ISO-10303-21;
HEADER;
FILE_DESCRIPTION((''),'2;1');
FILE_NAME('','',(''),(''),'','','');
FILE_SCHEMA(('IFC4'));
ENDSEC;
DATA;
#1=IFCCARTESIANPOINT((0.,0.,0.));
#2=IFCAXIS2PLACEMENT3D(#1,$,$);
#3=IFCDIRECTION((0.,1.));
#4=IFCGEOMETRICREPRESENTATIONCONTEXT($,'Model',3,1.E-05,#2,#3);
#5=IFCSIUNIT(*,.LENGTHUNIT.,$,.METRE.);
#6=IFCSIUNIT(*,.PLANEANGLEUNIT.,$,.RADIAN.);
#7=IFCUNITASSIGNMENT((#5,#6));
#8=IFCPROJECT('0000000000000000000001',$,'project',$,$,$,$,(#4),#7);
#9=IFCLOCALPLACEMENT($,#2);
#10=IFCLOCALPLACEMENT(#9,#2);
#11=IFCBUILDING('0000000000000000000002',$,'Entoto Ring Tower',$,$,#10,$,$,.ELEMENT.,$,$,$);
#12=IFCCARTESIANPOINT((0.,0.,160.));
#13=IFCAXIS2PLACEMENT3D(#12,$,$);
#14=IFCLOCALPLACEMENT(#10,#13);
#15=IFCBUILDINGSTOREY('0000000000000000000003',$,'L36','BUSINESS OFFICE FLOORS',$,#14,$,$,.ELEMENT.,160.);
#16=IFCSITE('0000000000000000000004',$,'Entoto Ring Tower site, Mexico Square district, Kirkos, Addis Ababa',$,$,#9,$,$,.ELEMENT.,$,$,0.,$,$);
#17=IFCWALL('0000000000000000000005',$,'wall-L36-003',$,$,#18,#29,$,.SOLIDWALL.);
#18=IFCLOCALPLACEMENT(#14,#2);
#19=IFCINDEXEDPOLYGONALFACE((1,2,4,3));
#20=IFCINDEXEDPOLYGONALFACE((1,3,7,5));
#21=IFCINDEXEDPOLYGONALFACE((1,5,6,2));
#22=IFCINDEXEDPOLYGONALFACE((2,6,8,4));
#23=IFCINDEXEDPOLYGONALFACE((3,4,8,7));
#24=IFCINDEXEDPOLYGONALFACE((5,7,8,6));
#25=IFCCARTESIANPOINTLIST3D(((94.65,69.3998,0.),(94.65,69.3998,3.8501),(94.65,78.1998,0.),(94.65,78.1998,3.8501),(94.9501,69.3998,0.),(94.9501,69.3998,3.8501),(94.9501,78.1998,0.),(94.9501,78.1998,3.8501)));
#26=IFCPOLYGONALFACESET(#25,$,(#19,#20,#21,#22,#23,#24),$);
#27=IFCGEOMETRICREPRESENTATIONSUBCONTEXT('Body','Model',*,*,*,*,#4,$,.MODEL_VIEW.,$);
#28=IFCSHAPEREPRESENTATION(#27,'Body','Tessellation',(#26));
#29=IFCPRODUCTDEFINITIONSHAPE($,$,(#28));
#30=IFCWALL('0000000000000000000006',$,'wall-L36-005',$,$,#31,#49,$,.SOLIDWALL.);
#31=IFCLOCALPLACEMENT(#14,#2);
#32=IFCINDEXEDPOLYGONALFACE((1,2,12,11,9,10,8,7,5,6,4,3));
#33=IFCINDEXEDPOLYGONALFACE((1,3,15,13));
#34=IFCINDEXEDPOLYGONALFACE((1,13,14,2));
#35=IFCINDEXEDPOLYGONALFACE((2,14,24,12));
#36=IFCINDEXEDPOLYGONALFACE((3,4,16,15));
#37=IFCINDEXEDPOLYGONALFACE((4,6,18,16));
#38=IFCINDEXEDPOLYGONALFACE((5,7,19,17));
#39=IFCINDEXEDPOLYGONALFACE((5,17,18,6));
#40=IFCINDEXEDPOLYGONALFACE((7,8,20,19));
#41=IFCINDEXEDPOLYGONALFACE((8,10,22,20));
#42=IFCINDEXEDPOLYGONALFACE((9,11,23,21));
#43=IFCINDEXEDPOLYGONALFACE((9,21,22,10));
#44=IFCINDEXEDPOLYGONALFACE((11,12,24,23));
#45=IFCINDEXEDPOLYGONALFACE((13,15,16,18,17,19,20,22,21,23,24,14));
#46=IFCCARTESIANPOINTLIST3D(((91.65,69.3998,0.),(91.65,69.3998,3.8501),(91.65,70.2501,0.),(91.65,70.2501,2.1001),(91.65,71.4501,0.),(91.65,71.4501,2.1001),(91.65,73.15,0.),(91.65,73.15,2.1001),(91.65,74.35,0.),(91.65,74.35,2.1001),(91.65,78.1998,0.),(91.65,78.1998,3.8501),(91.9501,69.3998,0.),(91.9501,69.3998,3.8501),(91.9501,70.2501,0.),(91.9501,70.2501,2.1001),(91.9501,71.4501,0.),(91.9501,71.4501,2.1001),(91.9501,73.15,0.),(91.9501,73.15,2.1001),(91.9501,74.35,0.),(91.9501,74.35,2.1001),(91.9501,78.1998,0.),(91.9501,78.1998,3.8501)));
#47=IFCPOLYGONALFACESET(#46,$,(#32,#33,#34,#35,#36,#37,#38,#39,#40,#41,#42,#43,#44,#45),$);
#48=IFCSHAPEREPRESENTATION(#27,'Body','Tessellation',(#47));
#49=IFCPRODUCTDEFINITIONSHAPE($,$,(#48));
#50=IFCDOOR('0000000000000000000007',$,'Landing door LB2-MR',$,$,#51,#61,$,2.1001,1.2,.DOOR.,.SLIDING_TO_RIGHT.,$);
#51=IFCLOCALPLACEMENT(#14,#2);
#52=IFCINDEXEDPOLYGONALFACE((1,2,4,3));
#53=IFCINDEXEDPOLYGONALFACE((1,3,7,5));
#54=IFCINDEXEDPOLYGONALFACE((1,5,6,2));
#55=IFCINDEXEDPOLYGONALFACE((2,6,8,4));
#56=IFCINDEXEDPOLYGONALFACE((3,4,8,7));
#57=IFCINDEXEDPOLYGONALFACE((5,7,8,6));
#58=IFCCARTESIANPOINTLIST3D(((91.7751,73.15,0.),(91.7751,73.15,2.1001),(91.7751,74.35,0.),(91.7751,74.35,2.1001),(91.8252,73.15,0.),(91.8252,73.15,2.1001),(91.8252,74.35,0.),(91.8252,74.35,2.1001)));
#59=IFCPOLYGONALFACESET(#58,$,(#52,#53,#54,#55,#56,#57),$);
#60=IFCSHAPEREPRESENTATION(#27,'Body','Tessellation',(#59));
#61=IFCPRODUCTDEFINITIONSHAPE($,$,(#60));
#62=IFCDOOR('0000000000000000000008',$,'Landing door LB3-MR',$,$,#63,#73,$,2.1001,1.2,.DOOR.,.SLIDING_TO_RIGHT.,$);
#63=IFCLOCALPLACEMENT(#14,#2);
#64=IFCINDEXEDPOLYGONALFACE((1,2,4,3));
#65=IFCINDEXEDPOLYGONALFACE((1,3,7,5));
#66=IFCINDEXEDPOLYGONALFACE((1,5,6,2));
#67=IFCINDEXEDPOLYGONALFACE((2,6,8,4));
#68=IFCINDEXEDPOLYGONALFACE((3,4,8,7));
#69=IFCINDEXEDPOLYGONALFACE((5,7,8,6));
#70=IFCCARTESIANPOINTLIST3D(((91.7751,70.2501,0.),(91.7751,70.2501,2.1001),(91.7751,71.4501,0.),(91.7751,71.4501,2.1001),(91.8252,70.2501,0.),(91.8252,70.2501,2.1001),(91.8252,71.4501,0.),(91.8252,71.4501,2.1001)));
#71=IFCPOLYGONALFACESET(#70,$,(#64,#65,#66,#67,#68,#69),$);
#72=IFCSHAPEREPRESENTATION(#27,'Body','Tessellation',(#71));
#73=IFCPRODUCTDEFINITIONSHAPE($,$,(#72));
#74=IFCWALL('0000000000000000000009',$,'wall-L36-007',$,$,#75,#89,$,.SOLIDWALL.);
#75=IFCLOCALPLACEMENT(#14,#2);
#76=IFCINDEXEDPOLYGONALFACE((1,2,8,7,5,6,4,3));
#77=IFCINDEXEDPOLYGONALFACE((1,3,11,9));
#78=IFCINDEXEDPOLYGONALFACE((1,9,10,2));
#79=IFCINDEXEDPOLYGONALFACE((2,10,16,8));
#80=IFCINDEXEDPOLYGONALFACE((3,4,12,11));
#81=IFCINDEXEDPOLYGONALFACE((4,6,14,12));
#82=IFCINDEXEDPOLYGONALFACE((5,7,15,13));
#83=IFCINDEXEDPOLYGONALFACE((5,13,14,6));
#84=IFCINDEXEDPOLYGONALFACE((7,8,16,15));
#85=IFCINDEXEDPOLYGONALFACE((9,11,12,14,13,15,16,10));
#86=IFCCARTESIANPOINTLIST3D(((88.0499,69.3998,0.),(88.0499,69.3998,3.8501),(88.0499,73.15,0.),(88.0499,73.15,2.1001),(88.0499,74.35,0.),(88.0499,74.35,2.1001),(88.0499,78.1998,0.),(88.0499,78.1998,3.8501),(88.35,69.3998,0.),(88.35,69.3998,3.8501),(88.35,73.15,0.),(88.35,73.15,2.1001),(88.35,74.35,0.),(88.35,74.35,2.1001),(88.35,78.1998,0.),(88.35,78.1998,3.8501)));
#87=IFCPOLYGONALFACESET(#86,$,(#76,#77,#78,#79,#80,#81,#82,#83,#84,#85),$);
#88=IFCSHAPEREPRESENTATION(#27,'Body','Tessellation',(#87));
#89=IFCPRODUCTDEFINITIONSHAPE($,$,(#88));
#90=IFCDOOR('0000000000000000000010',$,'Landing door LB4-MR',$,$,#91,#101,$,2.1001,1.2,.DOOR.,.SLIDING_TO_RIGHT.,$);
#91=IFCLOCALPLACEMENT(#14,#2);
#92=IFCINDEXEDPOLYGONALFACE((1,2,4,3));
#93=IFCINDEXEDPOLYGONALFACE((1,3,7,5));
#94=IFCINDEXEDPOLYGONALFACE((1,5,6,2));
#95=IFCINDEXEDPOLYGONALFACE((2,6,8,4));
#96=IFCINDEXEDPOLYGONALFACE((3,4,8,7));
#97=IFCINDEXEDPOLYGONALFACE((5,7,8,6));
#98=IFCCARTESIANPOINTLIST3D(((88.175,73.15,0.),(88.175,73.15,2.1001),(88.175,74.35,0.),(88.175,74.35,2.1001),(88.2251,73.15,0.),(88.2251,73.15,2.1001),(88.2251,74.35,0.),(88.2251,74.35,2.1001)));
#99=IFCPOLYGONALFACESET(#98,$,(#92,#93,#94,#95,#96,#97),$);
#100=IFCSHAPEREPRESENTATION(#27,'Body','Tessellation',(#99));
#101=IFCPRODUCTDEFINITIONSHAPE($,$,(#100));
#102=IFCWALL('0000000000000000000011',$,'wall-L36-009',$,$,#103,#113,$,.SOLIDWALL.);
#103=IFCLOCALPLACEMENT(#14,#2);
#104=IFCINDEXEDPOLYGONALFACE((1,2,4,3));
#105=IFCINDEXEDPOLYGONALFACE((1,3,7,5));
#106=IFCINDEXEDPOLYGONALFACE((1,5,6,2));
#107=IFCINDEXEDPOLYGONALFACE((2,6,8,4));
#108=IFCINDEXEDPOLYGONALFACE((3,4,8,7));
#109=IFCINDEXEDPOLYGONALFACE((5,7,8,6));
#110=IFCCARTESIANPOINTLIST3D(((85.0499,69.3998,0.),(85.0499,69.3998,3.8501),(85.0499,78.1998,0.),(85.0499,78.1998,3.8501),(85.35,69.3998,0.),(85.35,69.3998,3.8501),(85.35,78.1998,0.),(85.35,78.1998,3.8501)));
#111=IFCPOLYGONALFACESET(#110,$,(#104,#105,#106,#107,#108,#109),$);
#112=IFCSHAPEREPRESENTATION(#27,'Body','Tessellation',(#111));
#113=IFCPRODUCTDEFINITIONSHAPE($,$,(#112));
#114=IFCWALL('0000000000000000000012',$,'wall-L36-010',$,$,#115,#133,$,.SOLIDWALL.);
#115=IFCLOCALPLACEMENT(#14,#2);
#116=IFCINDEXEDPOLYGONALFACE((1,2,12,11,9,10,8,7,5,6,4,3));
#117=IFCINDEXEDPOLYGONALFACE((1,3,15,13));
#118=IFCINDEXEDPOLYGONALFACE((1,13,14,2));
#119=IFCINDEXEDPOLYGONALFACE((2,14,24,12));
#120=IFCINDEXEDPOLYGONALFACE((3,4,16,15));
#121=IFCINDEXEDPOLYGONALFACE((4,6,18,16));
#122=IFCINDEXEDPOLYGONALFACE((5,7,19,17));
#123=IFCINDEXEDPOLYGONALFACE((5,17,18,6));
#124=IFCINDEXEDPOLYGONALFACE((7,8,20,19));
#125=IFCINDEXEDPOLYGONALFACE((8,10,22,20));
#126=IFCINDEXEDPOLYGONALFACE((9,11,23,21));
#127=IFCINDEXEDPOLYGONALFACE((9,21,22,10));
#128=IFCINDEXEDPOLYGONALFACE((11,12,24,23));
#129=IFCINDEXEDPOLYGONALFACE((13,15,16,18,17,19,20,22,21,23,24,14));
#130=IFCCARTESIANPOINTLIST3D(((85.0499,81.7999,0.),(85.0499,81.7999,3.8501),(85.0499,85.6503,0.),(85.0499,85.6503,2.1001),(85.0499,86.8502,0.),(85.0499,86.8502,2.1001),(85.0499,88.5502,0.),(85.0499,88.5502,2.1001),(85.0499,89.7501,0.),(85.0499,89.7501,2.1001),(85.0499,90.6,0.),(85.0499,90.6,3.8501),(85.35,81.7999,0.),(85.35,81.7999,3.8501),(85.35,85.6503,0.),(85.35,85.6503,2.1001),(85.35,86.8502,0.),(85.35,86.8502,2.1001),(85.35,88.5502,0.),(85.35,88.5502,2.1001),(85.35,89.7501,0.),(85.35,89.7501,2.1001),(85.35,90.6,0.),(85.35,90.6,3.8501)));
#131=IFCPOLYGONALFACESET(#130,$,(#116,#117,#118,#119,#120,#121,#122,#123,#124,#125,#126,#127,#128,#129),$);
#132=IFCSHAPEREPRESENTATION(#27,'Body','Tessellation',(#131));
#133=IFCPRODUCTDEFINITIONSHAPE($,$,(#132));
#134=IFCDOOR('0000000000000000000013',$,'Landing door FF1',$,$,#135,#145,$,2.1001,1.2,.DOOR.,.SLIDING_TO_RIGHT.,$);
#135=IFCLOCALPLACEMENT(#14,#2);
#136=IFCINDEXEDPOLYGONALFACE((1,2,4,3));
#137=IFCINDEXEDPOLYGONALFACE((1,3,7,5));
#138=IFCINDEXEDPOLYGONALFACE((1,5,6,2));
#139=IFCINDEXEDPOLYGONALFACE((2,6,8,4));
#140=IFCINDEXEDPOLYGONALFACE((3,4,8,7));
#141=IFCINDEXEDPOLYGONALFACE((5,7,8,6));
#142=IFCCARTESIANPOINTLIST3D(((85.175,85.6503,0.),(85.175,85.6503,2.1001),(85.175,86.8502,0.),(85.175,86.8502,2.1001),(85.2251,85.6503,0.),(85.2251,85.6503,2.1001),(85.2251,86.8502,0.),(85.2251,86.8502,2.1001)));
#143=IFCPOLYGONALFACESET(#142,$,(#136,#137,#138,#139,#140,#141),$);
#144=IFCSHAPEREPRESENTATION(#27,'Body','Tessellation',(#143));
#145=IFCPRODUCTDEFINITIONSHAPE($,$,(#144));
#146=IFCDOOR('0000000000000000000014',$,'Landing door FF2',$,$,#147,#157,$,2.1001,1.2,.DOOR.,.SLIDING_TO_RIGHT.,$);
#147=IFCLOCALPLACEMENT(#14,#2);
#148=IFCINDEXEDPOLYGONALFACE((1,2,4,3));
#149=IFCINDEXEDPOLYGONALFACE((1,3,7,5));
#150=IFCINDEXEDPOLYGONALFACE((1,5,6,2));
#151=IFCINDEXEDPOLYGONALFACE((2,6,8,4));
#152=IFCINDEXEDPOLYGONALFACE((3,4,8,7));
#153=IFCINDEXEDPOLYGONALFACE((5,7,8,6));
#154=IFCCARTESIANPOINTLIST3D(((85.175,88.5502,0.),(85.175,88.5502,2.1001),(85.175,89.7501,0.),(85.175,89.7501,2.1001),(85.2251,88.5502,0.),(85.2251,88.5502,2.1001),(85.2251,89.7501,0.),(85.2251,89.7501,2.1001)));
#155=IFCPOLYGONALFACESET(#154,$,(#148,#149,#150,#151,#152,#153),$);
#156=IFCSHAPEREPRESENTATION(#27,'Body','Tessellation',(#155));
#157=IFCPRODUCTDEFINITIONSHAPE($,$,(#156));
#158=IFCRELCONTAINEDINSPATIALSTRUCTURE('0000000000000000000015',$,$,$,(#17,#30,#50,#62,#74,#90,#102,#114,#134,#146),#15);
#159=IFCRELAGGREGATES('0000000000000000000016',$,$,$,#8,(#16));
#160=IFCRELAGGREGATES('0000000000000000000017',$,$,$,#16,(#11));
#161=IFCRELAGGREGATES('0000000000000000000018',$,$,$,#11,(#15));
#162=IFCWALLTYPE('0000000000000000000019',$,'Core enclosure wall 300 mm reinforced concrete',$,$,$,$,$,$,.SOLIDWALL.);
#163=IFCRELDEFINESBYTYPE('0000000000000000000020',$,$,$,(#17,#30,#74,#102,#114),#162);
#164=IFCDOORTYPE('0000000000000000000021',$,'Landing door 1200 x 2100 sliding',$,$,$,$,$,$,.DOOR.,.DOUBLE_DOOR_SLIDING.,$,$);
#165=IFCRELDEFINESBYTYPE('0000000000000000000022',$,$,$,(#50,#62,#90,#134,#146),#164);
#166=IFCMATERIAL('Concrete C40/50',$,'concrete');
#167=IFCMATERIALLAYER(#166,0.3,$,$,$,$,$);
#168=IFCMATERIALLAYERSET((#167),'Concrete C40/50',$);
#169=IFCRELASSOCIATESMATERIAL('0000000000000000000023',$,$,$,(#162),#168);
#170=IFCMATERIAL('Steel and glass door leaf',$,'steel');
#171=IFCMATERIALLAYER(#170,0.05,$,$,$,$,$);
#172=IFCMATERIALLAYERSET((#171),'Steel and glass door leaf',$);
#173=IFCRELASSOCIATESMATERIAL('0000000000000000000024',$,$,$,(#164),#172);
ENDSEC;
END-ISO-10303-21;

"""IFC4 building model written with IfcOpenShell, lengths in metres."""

from ifc_helpers import new_model, si_unit, direction, frame, frame_2d, origin, place, context, subcontext, project, spatial, rectangle, extrude, material, layer, layer_set, type_object, element, fill, save


model = new_model("IFC4")

# Units and contexts
model_context = context("Model", 3, precision=1e-05, world=origin(), true_north=direction((0.0, 1.0)))
body_context = subcontext(model_context, "Body", "Model", "MODEL_VIEW")
ifc_project = project(units=[si_unit("LENGTHUNIT", "METRE"), si_unit("PLANEANGLEUNIT", "RADIAN")], contexts=[model_context])

# Site, building, storey
site_placement = place(None, origin())
site = spatial("IfcSite", under=ifc_project, at=site_placement, Name="Entoto Ring Tower site, Mexico Square district, Kirkos, Addis Ababa", CompositionType="ELEMENT", RefElevation=0.0)
building_placement = place(site_placement, origin())
building = spatial("IfcBuilding", under=site, at=building_placement, Name="Entoto Ring Tower", CompositionType="ELEMENT")
storey_placement = place(building_placement, frame((0.0, 0.0, 160.0)))
storey = spatial("IfcBuildingStorey", under=building, at=storey_placement, Name="L36", Description="BUSINESS OFFICE FLOORS", CompositionType="ELEMENT", Elevation=160.0)

# Wall
ifc_material_1 = material(Name="Concrete C40/50", Category="concrete")
ifc_layer_1 = layer(ifc_material_1, 0.3)
ifc_layer_set_1 = layer_set([ifc_layer_1], Name="Concrete C40/50")
wall_type_1 = type_object("IfcWallType", Name="Core enclosure wall 300 mm reinforced concrete", PredefinedType="SOLIDWALL", material=ifc_layer_set_1)
wall_1_placement = place(storey_placement, frame((94.8, 69.3999, 0.0), z_axis=(0.0, 0.0, 1.0), x_axis=(0.0, 1.0, 0.0)))
element("IfcWall", 1, at=wall_1_placement, inside=storey, type_object=wall_type_1, Name="wall-L36-003", PredefinedType="SOLIDWALL", context=body_context, shape_type="SweptSolid", body=[
    extrude(rectangle(XDim=8.8, YDim=0.3, at=frame_2d((4.3999, 0.0))), origin(), (0.0, 0.0, 1.0), 3.8501),
])

# Wall, openings, doors
wall_2_placement = place(storey_placement, frame((91.8, 69.3999, 0.0), z_axis=(0.0, 0.0, 1.0), x_axis=(0.0, 1.0, 0.0)))
wall_2 = element("IfcWall", 2, at=wall_2_placement, inside=storey, type_object=wall_type_1, Name="wall-L36-005", PredefinedType="SOLIDWALL", context=body_context, shape_type="SweptSolid", body=[
    extrude(rectangle(XDim=8.8, YDim=0.3, at=frame_2d((4.3999, 0.0))), origin(), (0.0, 0.0, 1.0), 3.8501),
])
opening_1_placement = place(wall_2_placement, frame((3.75, 0.0, 0.0)))
opening_1 = element("IfcOpeningElement", 3, at=opening_1_placement, cuts=wall_2, PredefinedType="OPENING", context=body_context, shape_type="SweptSolid", body=[
    extrude(rectangle(XDim=1.2, YDim=2.1001, at=frame_2d((0.6001, 1.05))), frame((0.0, 0.1602, 0.0), z_axis=(0.0, -1.0, 0.0), x_axis=(1.0, 0.0, 0.0)), (0.0, 0.0, 1.0), 0.3201),
])
opening_2_placement = place(wall_2_placement, frame((0.8501, 0.0, 0.0)))
opening_2 = element("IfcOpeningElement", 4, at=opening_2_placement, cuts=wall_2, PredefinedType="OPENING", context=body_context, shape_type="SweptSolid", body=[
    extrude(rectangle(XDim=1.2, YDim=2.1001, at=frame_2d((0.6001, 1.05))), frame((0.0, 0.1602, 0.0), z_axis=(0.0, -1.0, 0.0), x_axis=(1.0, 0.0, 0.0)), (0.0, 0.0, 1.0), 0.3201),
])
ifc_material_2 = material(Name="Steel and glass door leaf", Category="steel")
ifc_layer_2 = layer(ifc_material_2, 0.05)
ifc_layer_set_2 = layer_set([ifc_layer_2], Name="Steel and glass door leaf")
door_type_1 = type_object("IfcDoorType", Name="Landing door 1200 x 2100 sliding", OperationType="DOUBLE_DOOR_SLIDING", PredefinedType="DOOR", material=ifc_layer_set_2)
door_1_placement = place(opening_1_placement, origin())
door_1 = element("IfcDoor", 5, at=door_1_placement, inside=storey, type_object=door_type_1, Name="Landing door LB2-MR", OperationType="SLIDING_TO_RIGHT", OverallHeight=2.1001, OverallWidth=1.2, PredefinedType="DOOR", context=body_context, shape_type="SweptSolid", body=[
    extrude(rectangle(XDim=1.2, YDim=2.1001, at=frame_2d((0.6001, 1.05))), frame((0.0, 0.0249, 0.0), z_axis=(0.0, -1.0, 0.0), x_axis=(1.0, 0.0, 0.0)), (0.0, 0.0, 1.0), 0.05),
])
fill(opening_1, door_1)
door_2_placement = place(opening_2_placement, origin())
door_2 = element("IfcDoor", 6, at=door_2_placement, inside=storey, type_object=door_type_1, Name="Landing door LB3-MR", OperationType="SLIDING_TO_RIGHT", OverallHeight=2.1001, OverallWidth=1.2, PredefinedType="DOOR", context=body_context, shape_type="SweptSolid", body=[
    extrude(rectangle(XDim=1.2, YDim=2.1001, at=frame_2d((0.6001, 1.05))), frame((0.0, 0.0249, 0.0), z_axis=(0.0, -1.0, 0.0), x_axis=(1.0, 0.0, 0.0)), (0.0, 0.0, 1.0), 0.05),
])
fill(opening_2, door_2)

# Wall, opening, door
wall_3_placement = place(storey_placement, frame((88.2, 69.3999, 0.0), z_axis=(0.0, 0.0, 1.0), x_axis=(0.0, 1.0, 0.0)))
wall_3 = element("IfcWall", 7, at=wall_3_placement, inside=storey, type_object=wall_type_1, Name="wall-L36-007", PredefinedType="SOLIDWALL", context=body_context, shape_type="SweptSolid", body=[
    extrude(rectangle(XDim=8.8, YDim=0.3, at=frame_2d((4.3999, 0.0))), origin(), (0.0, 0.0, 1.0), 3.8501),
])
opening_3_placement = place(wall_3_placement, frame((3.75, 0.0, 0.0)))
opening_3 = element("IfcOpeningElement", 8, at=opening_3_placement, cuts=wall_3, PredefinedType="OPENING", context=body_context, shape_type="SweptSolid", body=[
    extrude(rectangle(XDim=1.2, YDim=2.1001, at=frame_2d((0.6001, 1.05))), frame((0.0, 0.1602, 0.0), z_axis=(0.0, -1.0, 0.0), x_axis=(1.0, 0.0, 0.0)), (0.0, 0.0, 1.0), 0.3201),
])
door_3_placement = place(opening_3_placement, origin())
door_3 = element("IfcDoor", 9, at=door_3_placement, inside=storey, type_object=door_type_1, Name="Landing door LB4-MR", OperationType="SLIDING_TO_RIGHT", OverallHeight=2.1001, OverallWidth=1.2, PredefinedType="DOOR", context=body_context, shape_type="SweptSolid", body=[
    extrude(rectangle(XDim=1.2, YDim=2.1001, at=frame_2d((0.6001, 1.05))), frame((0.0, 0.0249, 0.0), z_axis=(0.0, -1.0, 0.0), x_axis=(1.0, 0.0, 0.0)), (0.0, 0.0, 1.0), 0.05),
])
fill(opening_3, door_3)

# Wall
wall_4_placement = place(storey_placement, frame((85.2, 69.3999, 0.0), z_axis=(0.0, 0.0, 1.0), x_axis=(0.0, 1.0, 0.0)))
element("IfcWall", 10, at=wall_4_placement, inside=storey, type_object=wall_type_1, Name="wall-L36-009", PredefinedType="SOLIDWALL", context=body_context, shape_type="SweptSolid", body=[
    extrude(rectangle(XDim=8.8, YDim=0.3, at=frame_2d((4.3999, 0.0))), origin(), (0.0, 0.0, 1.0), 3.8501),
])

# Wall, openings, doors
wall_5_placement = place(storey_placement, frame((85.2, 81.8, 0.0), z_axis=(0.0, 0.0, 1.0), x_axis=(0.0, 1.0, 0.0)))
wall_5 = element("IfcWall", 11, at=wall_5_placement, inside=storey, type_object=wall_type_1, Name="wall-L36-010", PredefinedType="SOLIDWALL", context=body_context, shape_type="SweptSolid", body=[
    extrude(rectangle(XDim=8.8, YDim=0.3, at=frame_2d((4.3999, 0.0))), origin(), (0.0, 0.0, 1.0), 3.8501),
])
opening_4_placement = place(wall_5_placement, frame((3.8501, 0.0, 0.0)))
opening_4 = element("IfcOpeningElement", 12, at=opening_4_placement, cuts=wall_5, PredefinedType="OPENING", context=body_context, shape_type="SweptSolid", body=[
    extrude(rectangle(XDim=1.2, YDim=2.1001, at=frame_2d((0.6001, 1.05))), frame((0.0, 0.1602, 0.0), z_axis=(0.0, -1.0, 0.0), x_axis=(1.0, 0.0, 0.0)), (0.0, 0.0, 1.0), 0.3201),
])
opening_5_placement = place(wall_5_placement, frame((6.75, 0.0, 0.0)))
opening_5 = element("IfcOpeningElement", 13, at=opening_5_placement, cuts=wall_5, PredefinedType="OPENING", context=body_context, shape_type="SweptSolid", body=[
    extrude(rectangle(XDim=1.2, YDim=2.1001, at=frame_2d((0.6001, 1.05))), frame((0.0, 0.1602, 0.0), z_axis=(0.0, -1.0, 0.0), x_axis=(1.0, 0.0, 0.0)), (0.0, 0.0, 1.0), 0.3201),
])
door_4_placement = place(opening_4_placement, origin())
door_4 = element("IfcDoor", 14, at=door_4_placement, inside=storey, type_object=door_type_1, Name="Landing door FF1", OperationType="SLIDING_TO_RIGHT", OverallHeight=2.1001, OverallWidth=1.2, PredefinedType="DOOR", context=body_context, shape_type="SweptSolid", body=[
    extrude(rectangle(XDim=1.2, YDim=2.1001, at=frame_2d((0.6001, 1.05))), frame((0.0, 0.0249, 0.0), z_axis=(0.0, -1.0, 0.0), x_axis=(1.0, 0.0, 0.0)), (0.0, 0.0, 1.0), 0.05),
])
fill(opening_4, door_4)
door_5_placement = place(opening_5_placement, origin())
door_5 = element("IfcDoor", 15, at=door_5_placement, inside=storey, type_object=door_type_1, Name="Landing door FF2", OperationType="SLIDING_TO_RIGHT", OverallHeight=2.1001, OverallWidth=1.2, PredefinedType="DOOR", context=body_context, shape_type="SweptSolid", body=[
    extrude(rectangle(XDim=1.2, YDim=2.1001, at=frame_2d((0.6001, 1.05))), frame((0.0, 0.0249, 0.0), z_axis=(0.0, -1.0, 0.0), x_axis=(1.0, 0.0, 0.0)), (0.0, 0.0, 1.0), 0.05),
])
fill(opening_5, door_5)

save(model, "model.ifc")
